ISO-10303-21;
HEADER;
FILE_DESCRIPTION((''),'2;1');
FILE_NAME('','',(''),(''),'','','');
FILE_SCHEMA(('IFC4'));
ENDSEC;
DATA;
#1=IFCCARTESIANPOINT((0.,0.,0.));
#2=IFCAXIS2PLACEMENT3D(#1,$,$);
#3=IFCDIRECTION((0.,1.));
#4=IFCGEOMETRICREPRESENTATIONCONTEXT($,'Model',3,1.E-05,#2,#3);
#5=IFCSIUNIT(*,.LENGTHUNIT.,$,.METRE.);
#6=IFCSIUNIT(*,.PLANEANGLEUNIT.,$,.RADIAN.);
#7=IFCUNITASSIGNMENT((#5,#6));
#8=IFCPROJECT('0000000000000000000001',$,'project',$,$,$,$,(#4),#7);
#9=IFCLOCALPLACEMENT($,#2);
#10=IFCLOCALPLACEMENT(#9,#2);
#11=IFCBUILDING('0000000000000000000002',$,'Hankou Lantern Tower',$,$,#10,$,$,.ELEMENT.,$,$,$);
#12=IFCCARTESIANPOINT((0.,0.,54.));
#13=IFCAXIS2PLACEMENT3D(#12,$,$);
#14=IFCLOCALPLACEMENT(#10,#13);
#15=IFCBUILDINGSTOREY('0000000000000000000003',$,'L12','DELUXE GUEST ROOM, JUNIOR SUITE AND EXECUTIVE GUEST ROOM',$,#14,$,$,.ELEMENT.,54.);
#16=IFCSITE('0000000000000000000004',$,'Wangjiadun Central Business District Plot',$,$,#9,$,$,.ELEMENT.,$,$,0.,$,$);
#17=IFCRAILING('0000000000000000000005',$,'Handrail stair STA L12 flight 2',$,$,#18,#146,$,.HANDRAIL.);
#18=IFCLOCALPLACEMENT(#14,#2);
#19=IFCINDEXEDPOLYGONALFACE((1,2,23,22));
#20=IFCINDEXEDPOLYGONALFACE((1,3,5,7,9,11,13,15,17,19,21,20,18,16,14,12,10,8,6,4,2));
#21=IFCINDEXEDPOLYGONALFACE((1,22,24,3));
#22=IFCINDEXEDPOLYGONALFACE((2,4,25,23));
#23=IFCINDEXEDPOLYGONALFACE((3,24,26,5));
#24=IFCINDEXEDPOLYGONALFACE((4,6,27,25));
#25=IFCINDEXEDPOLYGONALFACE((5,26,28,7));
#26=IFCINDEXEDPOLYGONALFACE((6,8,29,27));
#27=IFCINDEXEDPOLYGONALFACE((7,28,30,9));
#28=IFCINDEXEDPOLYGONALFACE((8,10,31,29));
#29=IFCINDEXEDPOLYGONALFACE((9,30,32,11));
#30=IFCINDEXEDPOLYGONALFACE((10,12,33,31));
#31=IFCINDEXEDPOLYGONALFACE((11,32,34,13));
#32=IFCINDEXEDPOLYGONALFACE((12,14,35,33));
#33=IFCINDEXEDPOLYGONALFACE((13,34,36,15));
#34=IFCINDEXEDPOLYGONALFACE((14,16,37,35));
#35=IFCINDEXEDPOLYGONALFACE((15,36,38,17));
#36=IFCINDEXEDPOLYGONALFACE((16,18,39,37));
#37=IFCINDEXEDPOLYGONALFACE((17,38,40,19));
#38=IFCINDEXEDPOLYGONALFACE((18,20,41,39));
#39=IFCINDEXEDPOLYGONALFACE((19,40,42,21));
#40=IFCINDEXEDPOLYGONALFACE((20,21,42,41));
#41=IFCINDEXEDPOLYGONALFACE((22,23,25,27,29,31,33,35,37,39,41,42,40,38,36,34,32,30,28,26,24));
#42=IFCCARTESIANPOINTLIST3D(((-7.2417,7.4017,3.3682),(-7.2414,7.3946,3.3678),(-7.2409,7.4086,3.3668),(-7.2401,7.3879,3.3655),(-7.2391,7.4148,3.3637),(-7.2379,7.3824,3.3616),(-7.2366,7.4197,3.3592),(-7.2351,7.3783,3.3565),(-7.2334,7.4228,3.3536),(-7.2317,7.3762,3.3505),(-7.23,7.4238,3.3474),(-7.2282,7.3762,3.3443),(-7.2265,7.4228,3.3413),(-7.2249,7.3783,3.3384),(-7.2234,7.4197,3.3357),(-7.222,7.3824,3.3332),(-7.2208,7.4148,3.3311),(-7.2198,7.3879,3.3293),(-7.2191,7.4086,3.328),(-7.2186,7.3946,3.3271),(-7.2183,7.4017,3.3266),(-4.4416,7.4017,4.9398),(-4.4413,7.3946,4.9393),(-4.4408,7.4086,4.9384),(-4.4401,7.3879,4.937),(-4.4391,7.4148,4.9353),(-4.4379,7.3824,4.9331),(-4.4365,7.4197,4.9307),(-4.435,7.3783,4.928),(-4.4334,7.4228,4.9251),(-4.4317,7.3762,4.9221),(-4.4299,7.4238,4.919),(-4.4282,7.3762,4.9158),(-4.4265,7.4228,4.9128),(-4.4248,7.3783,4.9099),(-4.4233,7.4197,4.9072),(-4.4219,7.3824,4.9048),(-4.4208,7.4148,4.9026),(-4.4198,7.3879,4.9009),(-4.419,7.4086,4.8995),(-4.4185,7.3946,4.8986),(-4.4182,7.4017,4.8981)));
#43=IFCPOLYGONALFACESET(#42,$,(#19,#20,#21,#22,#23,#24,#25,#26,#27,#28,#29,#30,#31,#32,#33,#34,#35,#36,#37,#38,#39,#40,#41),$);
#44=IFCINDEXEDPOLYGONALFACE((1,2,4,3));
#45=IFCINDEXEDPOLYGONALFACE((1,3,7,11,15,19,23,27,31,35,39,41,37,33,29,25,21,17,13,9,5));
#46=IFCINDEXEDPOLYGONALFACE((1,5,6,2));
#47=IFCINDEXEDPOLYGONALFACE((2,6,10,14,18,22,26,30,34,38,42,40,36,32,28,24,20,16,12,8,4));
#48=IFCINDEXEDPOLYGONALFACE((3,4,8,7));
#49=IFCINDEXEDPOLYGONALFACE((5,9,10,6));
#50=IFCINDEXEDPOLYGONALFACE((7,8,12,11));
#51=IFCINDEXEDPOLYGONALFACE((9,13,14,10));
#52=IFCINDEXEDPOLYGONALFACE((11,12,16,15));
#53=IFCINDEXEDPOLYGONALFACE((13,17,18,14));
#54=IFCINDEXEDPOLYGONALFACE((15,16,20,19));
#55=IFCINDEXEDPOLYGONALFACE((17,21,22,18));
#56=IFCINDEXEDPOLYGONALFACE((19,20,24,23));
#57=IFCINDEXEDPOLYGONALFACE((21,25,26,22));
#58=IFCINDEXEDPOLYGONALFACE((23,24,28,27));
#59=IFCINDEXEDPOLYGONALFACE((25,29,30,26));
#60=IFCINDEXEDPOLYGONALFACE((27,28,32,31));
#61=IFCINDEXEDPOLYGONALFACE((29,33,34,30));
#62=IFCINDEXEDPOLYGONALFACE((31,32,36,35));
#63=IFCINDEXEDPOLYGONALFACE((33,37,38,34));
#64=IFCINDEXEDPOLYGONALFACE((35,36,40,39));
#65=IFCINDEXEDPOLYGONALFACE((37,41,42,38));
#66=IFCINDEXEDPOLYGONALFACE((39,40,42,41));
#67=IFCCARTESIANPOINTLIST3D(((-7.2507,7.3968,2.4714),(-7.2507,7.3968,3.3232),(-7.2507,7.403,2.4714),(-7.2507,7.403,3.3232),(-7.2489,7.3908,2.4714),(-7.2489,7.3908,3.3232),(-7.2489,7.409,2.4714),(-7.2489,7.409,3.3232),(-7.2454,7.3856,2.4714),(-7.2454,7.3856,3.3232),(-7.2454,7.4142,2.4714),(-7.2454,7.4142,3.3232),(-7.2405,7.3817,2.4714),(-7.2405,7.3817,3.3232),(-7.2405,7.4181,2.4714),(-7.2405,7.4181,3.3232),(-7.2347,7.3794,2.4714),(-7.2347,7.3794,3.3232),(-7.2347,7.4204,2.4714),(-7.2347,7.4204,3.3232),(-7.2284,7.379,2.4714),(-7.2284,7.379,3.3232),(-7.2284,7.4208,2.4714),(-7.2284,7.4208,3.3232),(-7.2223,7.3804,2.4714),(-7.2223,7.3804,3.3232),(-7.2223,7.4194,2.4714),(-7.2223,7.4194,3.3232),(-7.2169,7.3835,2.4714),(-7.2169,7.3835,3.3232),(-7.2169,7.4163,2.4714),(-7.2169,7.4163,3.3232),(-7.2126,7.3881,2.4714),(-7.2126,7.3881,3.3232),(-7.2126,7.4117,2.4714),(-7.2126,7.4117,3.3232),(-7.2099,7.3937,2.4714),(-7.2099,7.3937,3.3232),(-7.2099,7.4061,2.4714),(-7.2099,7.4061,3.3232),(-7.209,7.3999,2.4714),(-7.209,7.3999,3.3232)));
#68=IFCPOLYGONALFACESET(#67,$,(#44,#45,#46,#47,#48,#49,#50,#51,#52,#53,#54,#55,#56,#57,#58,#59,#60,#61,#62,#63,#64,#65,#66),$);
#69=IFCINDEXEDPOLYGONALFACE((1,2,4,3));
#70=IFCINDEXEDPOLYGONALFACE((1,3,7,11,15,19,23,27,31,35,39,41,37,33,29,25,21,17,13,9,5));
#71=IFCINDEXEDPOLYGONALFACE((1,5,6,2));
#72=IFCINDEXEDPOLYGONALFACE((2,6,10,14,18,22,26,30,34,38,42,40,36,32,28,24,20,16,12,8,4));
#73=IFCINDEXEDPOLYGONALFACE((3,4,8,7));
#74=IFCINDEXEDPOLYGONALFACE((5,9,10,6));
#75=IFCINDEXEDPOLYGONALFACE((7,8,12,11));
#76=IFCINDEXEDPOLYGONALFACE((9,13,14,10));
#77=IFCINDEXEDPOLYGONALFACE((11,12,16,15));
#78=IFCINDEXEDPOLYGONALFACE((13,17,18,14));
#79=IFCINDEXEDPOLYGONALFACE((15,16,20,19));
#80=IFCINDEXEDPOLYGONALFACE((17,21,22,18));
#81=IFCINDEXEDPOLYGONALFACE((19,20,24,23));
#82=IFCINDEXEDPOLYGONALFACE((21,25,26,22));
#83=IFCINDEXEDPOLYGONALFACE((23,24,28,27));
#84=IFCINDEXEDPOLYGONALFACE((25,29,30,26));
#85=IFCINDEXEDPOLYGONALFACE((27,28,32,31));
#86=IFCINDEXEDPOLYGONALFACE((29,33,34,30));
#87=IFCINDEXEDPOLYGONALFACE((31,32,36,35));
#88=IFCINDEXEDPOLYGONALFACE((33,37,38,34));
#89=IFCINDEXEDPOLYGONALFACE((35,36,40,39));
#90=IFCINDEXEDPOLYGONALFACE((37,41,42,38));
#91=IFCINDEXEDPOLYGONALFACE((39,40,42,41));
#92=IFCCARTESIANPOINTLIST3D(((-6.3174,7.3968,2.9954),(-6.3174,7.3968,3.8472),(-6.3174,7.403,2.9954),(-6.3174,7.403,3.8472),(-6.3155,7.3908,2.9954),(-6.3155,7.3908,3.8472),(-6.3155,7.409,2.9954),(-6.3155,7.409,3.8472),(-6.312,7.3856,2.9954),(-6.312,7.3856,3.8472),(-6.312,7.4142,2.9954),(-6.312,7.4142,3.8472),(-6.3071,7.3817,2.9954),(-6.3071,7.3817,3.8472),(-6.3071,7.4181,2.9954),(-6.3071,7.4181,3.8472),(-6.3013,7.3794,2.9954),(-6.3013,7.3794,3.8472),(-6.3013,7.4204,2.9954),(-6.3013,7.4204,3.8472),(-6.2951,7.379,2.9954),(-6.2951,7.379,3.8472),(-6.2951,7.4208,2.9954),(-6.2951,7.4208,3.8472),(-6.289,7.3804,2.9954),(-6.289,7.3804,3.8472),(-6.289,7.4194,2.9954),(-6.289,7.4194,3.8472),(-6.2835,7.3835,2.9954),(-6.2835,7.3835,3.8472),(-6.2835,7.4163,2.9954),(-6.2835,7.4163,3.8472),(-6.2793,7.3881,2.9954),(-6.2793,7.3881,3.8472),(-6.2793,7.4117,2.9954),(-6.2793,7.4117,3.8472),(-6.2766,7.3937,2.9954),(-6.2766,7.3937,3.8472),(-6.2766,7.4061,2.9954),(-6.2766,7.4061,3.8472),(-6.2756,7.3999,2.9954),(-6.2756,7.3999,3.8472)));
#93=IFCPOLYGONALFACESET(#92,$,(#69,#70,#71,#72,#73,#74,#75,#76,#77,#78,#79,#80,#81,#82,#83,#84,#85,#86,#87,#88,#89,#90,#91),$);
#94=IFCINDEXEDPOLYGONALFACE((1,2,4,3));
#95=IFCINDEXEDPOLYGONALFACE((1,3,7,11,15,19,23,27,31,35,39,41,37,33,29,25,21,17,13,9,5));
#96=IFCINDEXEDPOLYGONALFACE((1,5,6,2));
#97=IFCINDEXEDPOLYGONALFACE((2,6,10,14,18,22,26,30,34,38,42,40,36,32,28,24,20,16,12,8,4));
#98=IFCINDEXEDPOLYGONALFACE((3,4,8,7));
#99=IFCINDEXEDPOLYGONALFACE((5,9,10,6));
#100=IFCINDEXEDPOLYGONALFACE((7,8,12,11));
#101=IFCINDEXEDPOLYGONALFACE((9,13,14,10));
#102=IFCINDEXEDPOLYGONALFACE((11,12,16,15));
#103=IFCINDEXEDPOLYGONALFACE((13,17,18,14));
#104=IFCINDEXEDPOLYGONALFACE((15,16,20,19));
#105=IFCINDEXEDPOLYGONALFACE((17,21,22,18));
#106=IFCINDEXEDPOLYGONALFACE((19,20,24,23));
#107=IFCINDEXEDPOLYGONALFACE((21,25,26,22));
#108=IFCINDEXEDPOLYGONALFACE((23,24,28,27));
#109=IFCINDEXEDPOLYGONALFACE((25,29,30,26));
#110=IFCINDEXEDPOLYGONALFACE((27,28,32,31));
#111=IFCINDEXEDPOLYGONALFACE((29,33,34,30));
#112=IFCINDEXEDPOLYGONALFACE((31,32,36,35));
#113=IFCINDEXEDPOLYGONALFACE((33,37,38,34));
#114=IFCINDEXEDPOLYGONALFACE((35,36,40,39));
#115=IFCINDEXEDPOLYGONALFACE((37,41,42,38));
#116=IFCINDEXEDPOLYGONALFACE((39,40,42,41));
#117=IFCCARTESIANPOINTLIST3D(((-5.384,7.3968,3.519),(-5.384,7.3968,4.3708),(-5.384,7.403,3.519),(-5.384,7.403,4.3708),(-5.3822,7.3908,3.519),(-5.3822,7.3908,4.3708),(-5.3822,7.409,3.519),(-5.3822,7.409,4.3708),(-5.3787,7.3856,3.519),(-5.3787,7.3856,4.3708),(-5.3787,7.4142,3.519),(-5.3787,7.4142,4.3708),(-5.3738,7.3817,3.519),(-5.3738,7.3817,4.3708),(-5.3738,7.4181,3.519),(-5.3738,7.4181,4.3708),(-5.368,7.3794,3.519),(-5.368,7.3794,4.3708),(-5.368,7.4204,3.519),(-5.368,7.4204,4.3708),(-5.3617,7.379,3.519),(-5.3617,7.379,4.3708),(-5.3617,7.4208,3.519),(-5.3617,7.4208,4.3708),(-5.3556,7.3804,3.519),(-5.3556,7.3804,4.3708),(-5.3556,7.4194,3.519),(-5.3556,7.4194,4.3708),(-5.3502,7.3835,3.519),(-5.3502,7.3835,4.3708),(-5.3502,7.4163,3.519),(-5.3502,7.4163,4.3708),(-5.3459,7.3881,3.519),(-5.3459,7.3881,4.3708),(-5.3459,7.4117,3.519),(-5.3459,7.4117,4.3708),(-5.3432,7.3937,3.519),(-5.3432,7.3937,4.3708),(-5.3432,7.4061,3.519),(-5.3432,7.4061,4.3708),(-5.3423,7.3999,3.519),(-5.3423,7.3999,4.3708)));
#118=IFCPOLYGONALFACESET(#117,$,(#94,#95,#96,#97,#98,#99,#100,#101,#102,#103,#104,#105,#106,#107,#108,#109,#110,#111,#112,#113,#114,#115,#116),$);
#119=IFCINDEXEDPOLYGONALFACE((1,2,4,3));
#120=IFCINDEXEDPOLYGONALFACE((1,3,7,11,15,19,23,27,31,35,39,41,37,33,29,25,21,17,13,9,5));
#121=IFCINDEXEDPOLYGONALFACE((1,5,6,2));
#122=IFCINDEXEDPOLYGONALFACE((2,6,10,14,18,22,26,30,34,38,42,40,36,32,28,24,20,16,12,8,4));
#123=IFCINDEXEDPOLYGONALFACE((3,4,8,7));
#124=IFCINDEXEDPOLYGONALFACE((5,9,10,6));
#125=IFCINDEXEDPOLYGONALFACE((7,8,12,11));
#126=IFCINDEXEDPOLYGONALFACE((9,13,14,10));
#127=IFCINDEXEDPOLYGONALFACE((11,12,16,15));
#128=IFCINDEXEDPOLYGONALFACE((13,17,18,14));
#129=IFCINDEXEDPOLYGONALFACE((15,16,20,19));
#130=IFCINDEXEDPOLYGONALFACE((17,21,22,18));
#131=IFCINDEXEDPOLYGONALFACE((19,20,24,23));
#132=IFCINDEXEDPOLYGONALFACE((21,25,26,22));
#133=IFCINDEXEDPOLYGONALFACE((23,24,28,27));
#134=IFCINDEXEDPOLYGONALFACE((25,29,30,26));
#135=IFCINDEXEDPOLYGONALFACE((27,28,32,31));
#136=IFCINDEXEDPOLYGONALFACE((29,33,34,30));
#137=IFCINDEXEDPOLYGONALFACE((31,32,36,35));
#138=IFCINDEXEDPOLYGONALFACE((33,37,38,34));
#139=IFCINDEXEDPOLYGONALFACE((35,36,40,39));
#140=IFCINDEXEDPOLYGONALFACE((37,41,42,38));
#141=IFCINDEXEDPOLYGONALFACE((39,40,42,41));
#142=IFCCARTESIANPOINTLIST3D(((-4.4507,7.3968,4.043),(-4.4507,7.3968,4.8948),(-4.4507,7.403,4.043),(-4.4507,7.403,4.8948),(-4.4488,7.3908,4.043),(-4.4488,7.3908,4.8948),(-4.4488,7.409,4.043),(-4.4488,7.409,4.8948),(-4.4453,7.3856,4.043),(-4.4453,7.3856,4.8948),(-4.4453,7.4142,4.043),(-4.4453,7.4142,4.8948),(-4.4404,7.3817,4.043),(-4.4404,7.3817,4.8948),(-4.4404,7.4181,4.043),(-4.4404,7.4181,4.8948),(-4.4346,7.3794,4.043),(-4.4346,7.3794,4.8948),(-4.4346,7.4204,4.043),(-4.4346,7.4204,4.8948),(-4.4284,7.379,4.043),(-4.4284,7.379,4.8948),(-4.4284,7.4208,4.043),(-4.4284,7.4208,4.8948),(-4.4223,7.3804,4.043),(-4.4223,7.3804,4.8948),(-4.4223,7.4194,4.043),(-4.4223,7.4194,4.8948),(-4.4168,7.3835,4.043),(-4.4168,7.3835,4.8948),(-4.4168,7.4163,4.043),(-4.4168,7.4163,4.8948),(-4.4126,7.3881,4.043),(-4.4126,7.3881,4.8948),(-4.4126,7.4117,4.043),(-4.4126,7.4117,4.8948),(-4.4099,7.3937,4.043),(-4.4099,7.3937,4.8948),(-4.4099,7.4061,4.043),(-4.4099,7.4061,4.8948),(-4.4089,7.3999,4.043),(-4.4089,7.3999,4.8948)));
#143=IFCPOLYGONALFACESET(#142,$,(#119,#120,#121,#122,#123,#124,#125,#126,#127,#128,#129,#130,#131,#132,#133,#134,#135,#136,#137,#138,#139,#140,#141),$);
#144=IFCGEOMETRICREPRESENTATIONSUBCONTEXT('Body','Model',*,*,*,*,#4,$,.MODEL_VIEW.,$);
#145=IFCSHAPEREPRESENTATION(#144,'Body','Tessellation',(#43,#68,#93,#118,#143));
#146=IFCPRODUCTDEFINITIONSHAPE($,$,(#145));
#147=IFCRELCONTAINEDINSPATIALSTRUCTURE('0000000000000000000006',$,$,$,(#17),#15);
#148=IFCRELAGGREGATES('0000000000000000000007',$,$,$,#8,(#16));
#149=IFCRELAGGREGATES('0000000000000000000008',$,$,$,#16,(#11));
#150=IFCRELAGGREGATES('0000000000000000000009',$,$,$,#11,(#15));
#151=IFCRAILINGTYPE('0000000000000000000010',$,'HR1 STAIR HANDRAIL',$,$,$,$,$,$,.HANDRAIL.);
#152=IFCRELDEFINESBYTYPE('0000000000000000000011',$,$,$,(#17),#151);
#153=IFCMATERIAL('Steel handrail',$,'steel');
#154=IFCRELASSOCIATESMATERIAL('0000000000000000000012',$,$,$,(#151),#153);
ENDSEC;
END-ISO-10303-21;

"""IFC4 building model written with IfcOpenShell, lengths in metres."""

from ifc_helpers import new_model, si_unit, direction, frame, origin, origin_2d, place, context, subcontext, project, spatial, circle, extrude, material, type_object, element, save


model = new_model("IFC4")

# Units and contexts
model_context = context("Model", 3, precision=1e-05, world=origin(), true_north=direction((0.0, 1.0)))
body_context = subcontext(model_context, "Body", "Model", "MODEL_VIEW")
ifc_project = project(units=[si_unit("LENGTHUNIT", "METRE"), si_unit("PLANEANGLEUNIT", "RADIAN")], contexts=[model_context])

# Site, building, storey
site_placement = place(None, origin())
site = spatial("IfcSite", under=ifc_project, at=site_placement, Name="Wangjiadun Central Business District Plot", CompositionType="ELEMENT", RefElevation=0.0)
building_placement = place(site_placement, origin())
building = spatial("IfcBuilding", under=site, at=building_placement, Name="Hankou Lantern Tower", CompositionType="ELEMENT")
storey_placement = place(building_placement, frame((0.0, 0.0, 54.0)))
storey = spatial("IfcBuildingStorey", under=building, at=storey_placement, Name="L12", Description="DELUXE GUEST ROOM, JUNIOR SUITE AND EXECUTIVE GUEST ROOM", CompositionType="ELEMENT", Elevation=54.0)

# Railing
ifc_material_1 = material(Name="Steel handrail", Category="steel")
railing_type = type_object("IfcRailingType", Name="HR1 STAIR HANDRAIL", PredefinedType="HANDRAIL", material=ifc_material_1)
railing_1_placement = place(storey_placement, frame((-7.23, 7.3999, 2.4714)))
element("IfcRailing", 1, at=railing_1_placement, inside=storey, type_object=railing_type, Name="Handrail stair STA L12 flight 2", PredefinedType="HANDRAIL", context=body_context, shape_type="SweptSolid", body=[
    extrude(circle(Radius=0.0239, at=origin_2d()), frame((0.0, 0.0, 0.876), z_axis=(0.87204, 0.0, 0.489434), x_axis=(0.0, 1.0, 0.0)), (0.0, 0.0, 1.0), 3.2109),
    extrude(circle(Radius=0.021, at=origin_2d()), origin(), (0.0, 0.0, 1.0), 0.8518),
    extrude(circle(Radius=0.021, at=origin_2d()), frame((0.9333, 0.0, 0.5239)), (0.0, 0.0, 1.0), 0.8518),
    extrude(circle(Radius=0.021, at=origin_2d()), frame((1.8667, 0.0, 1.0476)), (0.0, 0.0, 1.0), 0.8518),
    extrude(circle(Radius=0.021, at=origin_2d()), frame((2.8, 0.0, 1.5715)), (0.0, 0.0, 1.0), 0.8518),
])

save(model, "model.ifc")
